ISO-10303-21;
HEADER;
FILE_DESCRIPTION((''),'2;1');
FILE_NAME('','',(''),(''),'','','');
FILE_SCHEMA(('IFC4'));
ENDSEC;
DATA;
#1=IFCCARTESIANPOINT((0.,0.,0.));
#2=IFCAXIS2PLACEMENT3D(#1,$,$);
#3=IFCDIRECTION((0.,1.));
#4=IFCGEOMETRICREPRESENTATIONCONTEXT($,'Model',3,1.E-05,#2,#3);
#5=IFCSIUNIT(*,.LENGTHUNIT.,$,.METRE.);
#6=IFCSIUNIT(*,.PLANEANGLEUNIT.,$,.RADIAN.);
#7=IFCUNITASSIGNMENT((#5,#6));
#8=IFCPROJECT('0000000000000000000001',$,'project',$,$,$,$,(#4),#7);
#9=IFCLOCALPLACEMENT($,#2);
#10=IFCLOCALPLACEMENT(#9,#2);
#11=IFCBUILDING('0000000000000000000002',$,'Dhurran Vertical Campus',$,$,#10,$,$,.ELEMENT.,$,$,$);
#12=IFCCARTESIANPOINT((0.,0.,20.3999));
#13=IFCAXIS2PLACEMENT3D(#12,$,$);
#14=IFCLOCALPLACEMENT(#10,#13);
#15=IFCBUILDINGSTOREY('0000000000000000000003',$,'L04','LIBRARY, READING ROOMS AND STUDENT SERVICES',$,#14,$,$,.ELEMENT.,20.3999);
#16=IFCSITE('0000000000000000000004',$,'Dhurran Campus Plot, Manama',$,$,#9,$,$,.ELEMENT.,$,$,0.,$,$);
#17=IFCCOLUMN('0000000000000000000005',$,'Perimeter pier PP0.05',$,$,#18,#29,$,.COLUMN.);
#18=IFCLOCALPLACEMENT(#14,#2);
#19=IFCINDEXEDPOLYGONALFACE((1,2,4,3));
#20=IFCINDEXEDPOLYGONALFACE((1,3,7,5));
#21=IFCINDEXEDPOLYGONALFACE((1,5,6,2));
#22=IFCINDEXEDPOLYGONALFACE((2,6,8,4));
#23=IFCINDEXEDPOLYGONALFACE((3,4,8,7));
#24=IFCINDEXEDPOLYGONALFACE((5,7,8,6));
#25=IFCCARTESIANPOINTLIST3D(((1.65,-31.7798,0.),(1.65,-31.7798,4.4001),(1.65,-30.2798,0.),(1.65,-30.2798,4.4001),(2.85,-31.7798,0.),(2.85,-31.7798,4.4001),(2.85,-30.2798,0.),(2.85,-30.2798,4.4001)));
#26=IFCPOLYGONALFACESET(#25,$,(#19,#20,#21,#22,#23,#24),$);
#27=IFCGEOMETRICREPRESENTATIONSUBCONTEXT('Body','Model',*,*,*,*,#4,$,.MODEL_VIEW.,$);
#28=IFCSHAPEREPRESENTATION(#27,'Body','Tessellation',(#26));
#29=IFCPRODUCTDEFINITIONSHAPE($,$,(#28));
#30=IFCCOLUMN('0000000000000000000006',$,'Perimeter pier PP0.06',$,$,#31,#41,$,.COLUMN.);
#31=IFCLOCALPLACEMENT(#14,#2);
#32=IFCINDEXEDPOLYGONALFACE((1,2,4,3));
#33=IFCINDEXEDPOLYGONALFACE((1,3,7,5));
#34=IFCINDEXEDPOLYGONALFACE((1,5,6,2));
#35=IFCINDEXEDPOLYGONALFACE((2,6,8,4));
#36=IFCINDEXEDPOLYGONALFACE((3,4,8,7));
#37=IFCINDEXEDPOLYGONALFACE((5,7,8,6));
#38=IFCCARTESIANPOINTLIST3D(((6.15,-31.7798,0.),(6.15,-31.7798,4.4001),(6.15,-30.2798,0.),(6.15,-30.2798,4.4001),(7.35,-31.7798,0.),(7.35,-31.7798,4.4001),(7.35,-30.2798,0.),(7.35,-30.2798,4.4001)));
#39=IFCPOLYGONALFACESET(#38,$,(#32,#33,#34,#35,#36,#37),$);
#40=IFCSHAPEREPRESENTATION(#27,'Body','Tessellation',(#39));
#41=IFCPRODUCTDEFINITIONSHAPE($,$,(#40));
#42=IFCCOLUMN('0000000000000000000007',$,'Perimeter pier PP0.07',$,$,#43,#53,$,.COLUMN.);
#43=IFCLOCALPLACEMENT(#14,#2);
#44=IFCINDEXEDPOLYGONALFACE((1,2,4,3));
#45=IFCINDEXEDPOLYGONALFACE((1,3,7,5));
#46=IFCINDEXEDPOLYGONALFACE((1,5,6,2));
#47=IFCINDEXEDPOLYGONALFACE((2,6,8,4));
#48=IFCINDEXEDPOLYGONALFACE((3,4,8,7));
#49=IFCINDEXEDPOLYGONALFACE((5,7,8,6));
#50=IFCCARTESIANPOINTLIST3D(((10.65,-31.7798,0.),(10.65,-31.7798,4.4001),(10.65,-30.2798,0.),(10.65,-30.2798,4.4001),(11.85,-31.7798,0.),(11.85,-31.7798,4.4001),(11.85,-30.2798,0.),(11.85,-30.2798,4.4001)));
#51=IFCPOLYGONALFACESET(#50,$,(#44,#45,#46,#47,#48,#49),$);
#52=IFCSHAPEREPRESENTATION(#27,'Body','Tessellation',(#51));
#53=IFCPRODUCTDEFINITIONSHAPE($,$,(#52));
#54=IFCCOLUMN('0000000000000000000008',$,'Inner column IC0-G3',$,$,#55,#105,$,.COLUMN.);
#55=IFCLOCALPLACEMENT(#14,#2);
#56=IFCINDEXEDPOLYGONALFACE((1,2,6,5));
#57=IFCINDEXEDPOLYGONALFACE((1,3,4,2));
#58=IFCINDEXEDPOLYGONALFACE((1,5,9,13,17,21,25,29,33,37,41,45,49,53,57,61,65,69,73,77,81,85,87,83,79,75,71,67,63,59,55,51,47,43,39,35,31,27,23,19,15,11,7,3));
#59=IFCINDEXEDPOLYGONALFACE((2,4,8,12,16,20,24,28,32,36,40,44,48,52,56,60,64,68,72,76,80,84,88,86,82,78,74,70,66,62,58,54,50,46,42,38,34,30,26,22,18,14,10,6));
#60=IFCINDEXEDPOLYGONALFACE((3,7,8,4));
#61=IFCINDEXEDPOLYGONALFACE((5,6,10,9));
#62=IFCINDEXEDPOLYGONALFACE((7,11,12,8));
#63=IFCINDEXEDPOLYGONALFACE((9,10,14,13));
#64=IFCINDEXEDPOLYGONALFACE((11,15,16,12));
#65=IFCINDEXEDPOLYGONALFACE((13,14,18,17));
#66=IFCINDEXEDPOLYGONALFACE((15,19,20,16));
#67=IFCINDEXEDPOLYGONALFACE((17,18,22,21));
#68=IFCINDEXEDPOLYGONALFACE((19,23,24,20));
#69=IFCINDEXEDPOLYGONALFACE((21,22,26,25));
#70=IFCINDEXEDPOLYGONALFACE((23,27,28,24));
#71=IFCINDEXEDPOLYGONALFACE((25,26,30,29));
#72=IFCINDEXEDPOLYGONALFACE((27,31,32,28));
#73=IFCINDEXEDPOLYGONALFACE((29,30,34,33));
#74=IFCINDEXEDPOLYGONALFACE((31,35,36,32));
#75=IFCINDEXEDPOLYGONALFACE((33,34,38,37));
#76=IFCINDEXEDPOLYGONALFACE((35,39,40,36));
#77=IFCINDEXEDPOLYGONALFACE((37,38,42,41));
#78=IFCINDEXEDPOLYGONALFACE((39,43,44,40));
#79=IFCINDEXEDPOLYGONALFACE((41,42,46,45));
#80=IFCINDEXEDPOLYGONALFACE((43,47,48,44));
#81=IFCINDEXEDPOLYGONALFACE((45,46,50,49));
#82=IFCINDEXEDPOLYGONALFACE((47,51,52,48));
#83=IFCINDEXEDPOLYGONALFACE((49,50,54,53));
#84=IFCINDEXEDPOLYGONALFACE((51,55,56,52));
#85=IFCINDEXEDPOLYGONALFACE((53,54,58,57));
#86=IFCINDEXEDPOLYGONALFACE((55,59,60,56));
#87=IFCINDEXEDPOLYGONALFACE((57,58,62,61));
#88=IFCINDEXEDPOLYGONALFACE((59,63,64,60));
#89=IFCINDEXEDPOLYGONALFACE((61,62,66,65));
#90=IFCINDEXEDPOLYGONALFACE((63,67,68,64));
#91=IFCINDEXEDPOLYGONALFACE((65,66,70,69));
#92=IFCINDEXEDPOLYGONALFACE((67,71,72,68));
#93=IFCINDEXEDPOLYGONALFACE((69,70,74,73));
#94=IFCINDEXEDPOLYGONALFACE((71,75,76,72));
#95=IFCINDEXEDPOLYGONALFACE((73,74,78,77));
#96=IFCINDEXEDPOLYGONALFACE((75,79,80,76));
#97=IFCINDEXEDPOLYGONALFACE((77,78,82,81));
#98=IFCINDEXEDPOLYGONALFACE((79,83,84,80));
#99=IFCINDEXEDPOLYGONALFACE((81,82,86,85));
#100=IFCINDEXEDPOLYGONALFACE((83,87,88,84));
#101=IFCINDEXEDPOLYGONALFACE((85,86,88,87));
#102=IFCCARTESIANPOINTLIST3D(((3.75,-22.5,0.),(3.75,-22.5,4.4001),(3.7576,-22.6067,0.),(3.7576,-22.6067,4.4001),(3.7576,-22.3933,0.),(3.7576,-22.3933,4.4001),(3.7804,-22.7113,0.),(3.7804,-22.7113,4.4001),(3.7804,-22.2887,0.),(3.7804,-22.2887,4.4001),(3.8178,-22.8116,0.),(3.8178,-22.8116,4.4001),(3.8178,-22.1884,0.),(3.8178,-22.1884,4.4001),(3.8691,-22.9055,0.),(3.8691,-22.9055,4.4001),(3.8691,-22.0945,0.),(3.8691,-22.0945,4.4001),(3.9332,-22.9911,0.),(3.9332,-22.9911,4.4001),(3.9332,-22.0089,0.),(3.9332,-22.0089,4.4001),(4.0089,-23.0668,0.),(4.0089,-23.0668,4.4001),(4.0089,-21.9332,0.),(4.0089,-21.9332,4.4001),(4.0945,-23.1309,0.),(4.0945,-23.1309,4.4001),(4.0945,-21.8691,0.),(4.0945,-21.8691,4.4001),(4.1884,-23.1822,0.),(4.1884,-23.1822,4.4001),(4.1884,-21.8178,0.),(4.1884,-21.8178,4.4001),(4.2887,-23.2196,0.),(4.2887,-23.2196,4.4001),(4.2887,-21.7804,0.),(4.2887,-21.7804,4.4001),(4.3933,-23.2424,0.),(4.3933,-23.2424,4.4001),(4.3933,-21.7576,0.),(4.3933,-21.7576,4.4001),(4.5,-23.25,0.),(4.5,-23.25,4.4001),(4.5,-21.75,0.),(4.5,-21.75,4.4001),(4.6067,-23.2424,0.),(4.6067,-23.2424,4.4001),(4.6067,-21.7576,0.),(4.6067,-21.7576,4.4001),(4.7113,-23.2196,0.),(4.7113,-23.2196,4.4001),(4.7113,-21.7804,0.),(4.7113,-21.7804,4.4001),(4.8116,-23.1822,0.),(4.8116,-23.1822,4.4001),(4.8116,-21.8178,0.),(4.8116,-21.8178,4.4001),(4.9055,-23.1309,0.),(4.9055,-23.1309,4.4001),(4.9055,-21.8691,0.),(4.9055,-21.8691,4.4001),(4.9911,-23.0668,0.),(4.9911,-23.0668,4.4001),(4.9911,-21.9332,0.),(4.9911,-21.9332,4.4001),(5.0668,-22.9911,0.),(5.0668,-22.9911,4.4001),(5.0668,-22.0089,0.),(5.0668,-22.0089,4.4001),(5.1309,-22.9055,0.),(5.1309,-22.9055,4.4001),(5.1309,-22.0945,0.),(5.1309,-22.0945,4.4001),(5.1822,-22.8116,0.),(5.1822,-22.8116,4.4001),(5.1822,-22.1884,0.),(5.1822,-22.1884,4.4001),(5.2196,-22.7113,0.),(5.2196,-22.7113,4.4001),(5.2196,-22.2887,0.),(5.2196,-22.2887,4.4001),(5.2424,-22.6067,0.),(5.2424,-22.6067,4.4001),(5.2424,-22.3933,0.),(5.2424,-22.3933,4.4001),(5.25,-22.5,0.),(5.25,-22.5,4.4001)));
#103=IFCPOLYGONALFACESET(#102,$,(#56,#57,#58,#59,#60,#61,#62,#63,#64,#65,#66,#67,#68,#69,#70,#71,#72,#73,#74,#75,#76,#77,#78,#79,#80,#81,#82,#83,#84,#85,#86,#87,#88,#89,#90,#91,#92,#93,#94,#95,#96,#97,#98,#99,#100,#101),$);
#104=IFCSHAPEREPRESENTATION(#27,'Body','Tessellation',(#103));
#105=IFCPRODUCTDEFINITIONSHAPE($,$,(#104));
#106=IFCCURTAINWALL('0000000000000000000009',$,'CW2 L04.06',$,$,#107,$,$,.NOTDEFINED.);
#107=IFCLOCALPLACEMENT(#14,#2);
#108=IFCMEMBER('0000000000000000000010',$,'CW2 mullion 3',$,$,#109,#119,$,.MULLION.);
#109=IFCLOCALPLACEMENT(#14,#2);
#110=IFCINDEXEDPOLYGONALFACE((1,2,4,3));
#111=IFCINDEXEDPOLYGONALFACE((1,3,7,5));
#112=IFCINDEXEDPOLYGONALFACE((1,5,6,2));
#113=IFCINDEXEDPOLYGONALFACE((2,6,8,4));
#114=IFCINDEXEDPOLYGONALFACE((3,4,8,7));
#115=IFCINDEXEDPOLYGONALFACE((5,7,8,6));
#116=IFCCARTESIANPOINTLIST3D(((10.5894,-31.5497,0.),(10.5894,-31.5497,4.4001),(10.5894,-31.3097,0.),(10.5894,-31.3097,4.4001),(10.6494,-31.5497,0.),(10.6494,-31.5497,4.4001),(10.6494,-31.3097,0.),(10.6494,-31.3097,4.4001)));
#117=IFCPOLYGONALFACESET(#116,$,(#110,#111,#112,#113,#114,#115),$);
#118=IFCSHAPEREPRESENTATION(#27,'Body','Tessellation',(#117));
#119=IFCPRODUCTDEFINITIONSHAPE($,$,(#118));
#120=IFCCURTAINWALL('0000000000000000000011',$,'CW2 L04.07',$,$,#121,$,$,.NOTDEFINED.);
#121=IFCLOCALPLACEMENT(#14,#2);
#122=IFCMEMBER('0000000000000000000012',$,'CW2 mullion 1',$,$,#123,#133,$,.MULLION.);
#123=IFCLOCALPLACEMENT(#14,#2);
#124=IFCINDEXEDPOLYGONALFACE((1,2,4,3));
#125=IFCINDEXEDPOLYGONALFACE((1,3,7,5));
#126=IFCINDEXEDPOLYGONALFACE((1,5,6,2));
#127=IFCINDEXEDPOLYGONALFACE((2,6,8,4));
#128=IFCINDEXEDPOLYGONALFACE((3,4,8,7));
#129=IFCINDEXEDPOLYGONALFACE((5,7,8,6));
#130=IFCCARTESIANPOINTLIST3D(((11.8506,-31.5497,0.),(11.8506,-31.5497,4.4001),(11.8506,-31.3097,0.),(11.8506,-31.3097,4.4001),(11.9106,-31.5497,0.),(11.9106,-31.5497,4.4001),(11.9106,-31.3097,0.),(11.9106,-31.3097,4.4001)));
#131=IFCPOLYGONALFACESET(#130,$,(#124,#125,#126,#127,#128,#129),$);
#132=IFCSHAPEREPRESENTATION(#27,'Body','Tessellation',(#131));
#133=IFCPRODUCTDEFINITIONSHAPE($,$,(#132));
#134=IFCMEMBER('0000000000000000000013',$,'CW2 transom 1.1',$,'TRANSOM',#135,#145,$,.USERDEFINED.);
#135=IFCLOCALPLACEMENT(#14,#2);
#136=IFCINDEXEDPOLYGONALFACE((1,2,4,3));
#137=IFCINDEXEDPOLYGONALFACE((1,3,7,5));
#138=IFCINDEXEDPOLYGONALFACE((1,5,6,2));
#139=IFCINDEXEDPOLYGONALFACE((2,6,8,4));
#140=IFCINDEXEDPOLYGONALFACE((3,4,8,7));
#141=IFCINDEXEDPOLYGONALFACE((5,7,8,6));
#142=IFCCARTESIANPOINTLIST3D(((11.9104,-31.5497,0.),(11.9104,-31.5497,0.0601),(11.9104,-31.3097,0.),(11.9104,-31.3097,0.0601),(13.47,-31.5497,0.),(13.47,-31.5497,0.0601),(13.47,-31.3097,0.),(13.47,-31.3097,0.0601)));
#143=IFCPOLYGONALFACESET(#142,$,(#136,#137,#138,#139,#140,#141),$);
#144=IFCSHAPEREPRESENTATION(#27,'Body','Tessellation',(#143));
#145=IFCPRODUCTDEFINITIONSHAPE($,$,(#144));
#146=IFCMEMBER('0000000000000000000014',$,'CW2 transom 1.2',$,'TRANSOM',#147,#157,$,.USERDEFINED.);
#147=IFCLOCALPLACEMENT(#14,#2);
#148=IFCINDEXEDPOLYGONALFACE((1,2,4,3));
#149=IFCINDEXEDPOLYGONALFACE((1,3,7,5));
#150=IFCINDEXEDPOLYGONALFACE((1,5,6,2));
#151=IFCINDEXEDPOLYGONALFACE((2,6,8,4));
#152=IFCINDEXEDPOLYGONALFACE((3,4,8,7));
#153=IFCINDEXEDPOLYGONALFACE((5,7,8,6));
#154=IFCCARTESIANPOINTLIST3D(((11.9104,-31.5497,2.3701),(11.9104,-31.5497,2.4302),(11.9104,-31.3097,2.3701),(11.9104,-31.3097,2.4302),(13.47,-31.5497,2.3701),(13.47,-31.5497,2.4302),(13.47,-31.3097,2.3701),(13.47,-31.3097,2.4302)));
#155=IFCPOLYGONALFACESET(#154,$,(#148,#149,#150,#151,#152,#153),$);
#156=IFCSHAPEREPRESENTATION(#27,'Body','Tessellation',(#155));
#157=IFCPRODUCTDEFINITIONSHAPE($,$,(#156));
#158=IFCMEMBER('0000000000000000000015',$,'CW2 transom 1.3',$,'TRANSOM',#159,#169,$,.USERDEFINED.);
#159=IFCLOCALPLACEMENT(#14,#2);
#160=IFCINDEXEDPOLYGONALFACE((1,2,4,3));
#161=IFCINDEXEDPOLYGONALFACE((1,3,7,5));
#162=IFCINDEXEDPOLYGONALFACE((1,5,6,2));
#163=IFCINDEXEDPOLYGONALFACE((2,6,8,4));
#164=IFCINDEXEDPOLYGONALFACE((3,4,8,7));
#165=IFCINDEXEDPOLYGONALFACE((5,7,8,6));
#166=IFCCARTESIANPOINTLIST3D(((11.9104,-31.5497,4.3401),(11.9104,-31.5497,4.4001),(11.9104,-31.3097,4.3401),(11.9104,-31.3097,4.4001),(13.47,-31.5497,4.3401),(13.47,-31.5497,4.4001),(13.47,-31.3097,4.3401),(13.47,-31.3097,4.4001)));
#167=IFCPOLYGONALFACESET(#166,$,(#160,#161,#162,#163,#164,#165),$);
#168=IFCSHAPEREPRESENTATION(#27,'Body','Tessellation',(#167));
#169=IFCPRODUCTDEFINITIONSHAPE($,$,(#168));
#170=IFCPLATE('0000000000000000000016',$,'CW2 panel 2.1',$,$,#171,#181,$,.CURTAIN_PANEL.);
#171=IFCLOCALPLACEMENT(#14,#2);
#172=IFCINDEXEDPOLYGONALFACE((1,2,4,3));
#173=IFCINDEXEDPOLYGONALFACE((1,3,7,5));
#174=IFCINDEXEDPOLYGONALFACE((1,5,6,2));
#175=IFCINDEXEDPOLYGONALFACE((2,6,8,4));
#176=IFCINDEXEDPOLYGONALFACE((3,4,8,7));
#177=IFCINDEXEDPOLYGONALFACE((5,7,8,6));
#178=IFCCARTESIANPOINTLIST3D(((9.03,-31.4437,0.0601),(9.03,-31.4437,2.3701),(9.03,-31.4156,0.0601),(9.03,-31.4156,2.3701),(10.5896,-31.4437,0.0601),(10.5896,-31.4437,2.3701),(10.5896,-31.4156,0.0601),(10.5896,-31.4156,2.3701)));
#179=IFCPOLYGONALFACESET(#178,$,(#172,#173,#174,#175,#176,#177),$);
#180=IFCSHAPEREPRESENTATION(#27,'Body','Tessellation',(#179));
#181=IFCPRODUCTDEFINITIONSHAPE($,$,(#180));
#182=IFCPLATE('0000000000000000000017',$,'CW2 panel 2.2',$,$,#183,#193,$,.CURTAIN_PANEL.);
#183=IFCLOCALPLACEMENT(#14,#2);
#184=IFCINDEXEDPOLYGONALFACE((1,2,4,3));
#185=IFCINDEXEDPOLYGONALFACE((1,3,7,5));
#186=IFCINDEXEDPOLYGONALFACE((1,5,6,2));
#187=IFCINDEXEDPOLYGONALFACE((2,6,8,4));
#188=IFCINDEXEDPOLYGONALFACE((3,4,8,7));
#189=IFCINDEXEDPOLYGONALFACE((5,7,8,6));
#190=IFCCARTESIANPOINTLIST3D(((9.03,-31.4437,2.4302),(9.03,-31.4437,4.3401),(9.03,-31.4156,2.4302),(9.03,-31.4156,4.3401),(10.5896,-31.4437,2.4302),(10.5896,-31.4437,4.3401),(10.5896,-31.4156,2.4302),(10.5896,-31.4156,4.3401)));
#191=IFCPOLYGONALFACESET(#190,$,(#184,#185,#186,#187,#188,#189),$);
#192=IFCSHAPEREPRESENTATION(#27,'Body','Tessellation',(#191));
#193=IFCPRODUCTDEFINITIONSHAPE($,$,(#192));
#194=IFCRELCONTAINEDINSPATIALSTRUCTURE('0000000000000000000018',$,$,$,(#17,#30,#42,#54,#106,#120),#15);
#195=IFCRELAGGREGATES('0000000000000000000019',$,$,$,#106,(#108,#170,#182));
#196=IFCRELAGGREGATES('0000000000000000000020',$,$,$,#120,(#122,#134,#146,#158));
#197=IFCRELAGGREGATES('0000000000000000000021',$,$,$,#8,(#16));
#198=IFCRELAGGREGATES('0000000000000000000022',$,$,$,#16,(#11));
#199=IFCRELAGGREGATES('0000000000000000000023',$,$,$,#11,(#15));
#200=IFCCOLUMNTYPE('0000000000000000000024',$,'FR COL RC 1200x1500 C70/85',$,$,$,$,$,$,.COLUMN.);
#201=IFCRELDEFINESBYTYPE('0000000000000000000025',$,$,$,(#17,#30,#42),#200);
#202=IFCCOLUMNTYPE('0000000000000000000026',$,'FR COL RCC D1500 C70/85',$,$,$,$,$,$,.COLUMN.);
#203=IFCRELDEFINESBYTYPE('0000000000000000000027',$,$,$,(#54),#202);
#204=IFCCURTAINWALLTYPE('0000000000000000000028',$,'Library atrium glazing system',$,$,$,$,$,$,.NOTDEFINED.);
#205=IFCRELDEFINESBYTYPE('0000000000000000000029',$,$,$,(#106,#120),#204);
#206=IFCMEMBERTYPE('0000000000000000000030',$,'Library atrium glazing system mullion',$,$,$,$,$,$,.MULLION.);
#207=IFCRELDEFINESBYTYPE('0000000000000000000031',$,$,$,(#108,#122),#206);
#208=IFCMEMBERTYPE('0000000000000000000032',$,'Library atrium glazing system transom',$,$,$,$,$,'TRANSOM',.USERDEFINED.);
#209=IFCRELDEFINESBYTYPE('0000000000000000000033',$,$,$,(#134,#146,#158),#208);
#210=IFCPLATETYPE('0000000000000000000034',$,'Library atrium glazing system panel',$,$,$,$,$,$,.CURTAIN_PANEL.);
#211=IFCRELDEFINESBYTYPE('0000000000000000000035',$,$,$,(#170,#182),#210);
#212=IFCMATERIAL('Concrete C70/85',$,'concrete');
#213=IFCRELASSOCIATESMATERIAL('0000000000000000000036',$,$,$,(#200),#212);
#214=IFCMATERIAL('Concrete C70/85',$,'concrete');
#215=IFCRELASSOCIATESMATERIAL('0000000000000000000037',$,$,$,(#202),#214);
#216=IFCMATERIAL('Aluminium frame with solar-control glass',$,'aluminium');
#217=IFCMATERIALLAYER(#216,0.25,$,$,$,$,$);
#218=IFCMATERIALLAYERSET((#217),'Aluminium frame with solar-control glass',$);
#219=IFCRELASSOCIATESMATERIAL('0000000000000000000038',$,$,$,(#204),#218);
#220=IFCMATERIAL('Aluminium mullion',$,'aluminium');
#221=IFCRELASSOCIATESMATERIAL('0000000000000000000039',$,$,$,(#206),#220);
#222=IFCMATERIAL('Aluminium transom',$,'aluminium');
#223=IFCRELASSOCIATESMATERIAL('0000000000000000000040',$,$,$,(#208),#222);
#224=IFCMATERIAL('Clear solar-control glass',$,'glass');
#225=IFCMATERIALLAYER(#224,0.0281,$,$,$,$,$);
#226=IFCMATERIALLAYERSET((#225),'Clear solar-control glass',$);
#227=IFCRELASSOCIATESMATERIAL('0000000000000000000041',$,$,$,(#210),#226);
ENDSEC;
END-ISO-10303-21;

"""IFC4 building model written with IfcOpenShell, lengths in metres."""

from ifc_helpers import new_model, si_unit, direction, frame, origin, origin_2d, place, context, subcontext, project, spatial, rectangle, circle, extrude, material, layer, layer_set, material_profile, profile_set, type_object, element, aggregate, save


model = new_model("IFC4")

# Units and contexts
model_context = context("Model", 3, precision=1e-05, world=origin(), true_north=direction((0.0, 1.0)))
body_context = subcontext(model_context, "Body", "Model", "MODEL_VIEW")
ifc_project = project(units=[si_unit("LENGTHUNIT", "METRE"), si_unit("PLANEANGLEUNIT", "RADIAN")], contexts=[model_context])

# Site, building, storey
site_placement = place(None, origin())
site = spatial("IfcSite", under=ifc_project, at=site_placement, Name="Dhurran Campus Plot, Manama", CompositionType="ELEMENT", RefElevation=0.0)
building_placement = place(site_placement, origin())
building = spatial("IfcBuilding", under=site, at=building_placement, Name="Dhurran Vertical Campus", CompositionType="ELEMENT")
storey_placement = place(building_placement, frame((0.0, 0.0, 20.3999)))
storey = spatial("IfcBuildingStorey", under=building, at=storey_placement, Name="L04", Description="LIBRARY, READING ROOMS AND STUDENT SERVICES", CompositionType="ELEMENT", Elevation=20.3999)

# Columns
ifc_material_1 = material(Name="Concrete C70/85", Category="concrete")
ifc_material_profile_1 = material_profile(ifc_material_1, rectangle(XDim=1.2, YDim=1.5, at=origin_2d()), Name="RC 1200x1500")
ifc_profile_set_1 = profile_set([ifc_material_profile_1], Name="Concrete C70/85")
column_type_1 = type_object("IfcColumnType", Name="FR COL RC 1200x1500 C70/85", PredefinedType="COLUMN", material=ifc_profile_set_1)
for number, where, z_axis, x_axis, name in (
    (1, (2.25, -31.0298, 0.0), (0.0, 0.0, 1.0), (1.0, 0.0, 0.0), "Perimeter pier PP0.05"),
    (2, (6.75, -31.0298, 0.0), (0.0, 0.0, 1.0), (1.0, 0.0, 0.0), "Perimeter pier PP0.06"),
    (3, (11.25, -31.0298, 0.0), (0.0, 0.0, 1.0), (1.0, 0.0, 0.0), "Perimeter pier PP0.07"),
):
    element("IfcColumn", number, at=place(storey_placement, frame(where, z_axis=z_axis, x_axis=x_axis)), inside=storey, type_object=column_type_1, Name=name, PredefinedType="COLUMN", context=body_context, shape_type="SweptSolid", body=[
        extrude(rectangle(XDim=1.2, YDim=1.5, at=origin_2d()), origin(), (0.0, 0.0, 1.0), 4.4001),
    ])
ifc_material_2 = material(Name="Concrete C70/85", Category="concrete")
ifc_material_profile_2 = material_profile(ifc_material_2, circle(Radius=0.75, at=origin_2d()), Name="RCC D1500")
ifc_profile_set_2 = profile_set([ifc_material_profile_2], Name="Concrete C70/85")
column_type_2 = type_object("IfcColumnType", Name="FR COL RCC D1500 C70/85", PredefinedType="COLUMN", material=ifc_profile_set_2)
column_placement = place(storey_placement, frame((4.5, -22.5, 0.0), z_axis=(0.0, 0.0, 1.0), x_axis=(1.0, 0.0, 0.0)))
element("IfcColumn", 4, at=column_placement, inside=storey, type_object=column_type_2, Name="Inner column IC0-G3", PredefinedType="COLUMN", context=body_context, shape_type="SweptSolid", body=[
    extrude(circle(Radius=0.75, at=origin_2d()), origin(), (0.0, 0.0, 1.0), 4.4001),
])

# Curtain wall, member
ifc_material_3 = material(Name="Aluminium frame with solar-control glass", Category="aluminium")
ifc_layer_1 = layer(ifc_material_3, 0.25)
ifc_layer_set_1 = layer_set([ifc_layer_1], Name="Aluminium frame with solar-control glass")
curtain_wall_type = type_object("IfcCurtainWallType", Name="Library atrium glazing system", PredefinedType="NOTDEFINED", material=ifc_layer_set_1)
curtain_wall_1_placement = place(storey_placement, origin())
curtain_wall_1 = element("IfcCurtainWall", 5, at=curtain_wall_1_placement, inside=storey, type_object=curtain_wall_type, Name="CW2 L04.06", PredefinedType="NOTDEFINED")
ifc_material_4 = material(Name="Aluminium mullion", Category="aluminium")
ifc_material_profile_3 = material_profile(ifc_material_4, rectangle(XDim=0.24, YDim=0.0601, at=origin_2d()), Name="Library atrium glazing system mullion")
ifc_profile_set_3 = profile_set([ifc_material_profile_3], Name="Aluminium mullion")
member_type_1 = type_object("IfcMemberType", Name="Library atrium glazing system mullion", PredefinedType="MULLION", material=ifc_profile_set_3)
member_1_placement = place(storey_placement, frame((10.6194, -31.4297, 0.0), z_axis=(0.0, 0.0, 1.0), x_axis=(0.0, 1.0, 0.0)))
member_1 = element("IfcMember", 6, at=member_1_placement, type_object=member_type_1, Name="CW2 mullion 3", PredefinedType="MULLION", context=body_context, shape_type="SweptSolid", body=[
    extrude(rectangle(XDim=0.24, YDim=0.0601, at=origin_2d()), origin(), (0.0, 0.0, 1.0), 4.4001),
])

# Curtain wall, members
curtain_wall_2_placement = place(storey_placement, origin())
curtain_wall_2 = element("IfcCurtainWall", 7, at=curtain_wall_2_placement, inside=storey, type_object=curtain_wall_type, Name="CW2 L04.07", PredefinedType="NOTDEFINED")
member_2_placement = place(storey_placement, frame((11.8806, -31.4297, 0.0), z_axis=(0.0, 0.0, 1.0), x_axis=(0.0, 1.0, 0.0)))
member_2 = element("IfcMember", 8, at=member_2_placement, type_object=member_type_1, Name="CW2 mullion 1", PredefinedType="MULLION", context=body_context, shape_type="SweptSolid", body=[
    extrude(rectangle(XDim=0.24, YDim=0.0601, at=origin_2d()), origin(), (0.0, 0.0, 1.0), 4.4001),
])
ifc_material_5 = material(Name="Aluminium transom", Category="aluminium")
ifc_material_profile_4 = material_profile(ifc_material_5, rectangle(XDim=0.24, YDim=0.0601, at=origin_2d()), Name="Library atrium glazing system transom")
ifc_profile_set_4 = profile_set([ifc_material_profile_4], Name="Aluminium transom")
member_type_2 = type_object("IfcMemberType", Name="Library atrium glazing system transom", ElementType="TRANSOM", PredefinedType="USERDEFINED", material=ifc_profile_set_4)
member_3_placement = place(storey_placement, frame((11.9104, -31.4297, 0.03), z_axis=(1.0, 0.0, 0.0), x_axis=(0.0, 1.0, 0.0)))
member_3 = element("IfcMember", 9, at=member_3_placement, type_object=member_type_2, Name="CW2 transom 1.1", ObjectType="TRANSOM", PredefinedType="USERDEFINED", context=body_context, shape_type="SweptSolid", body=[
    extrude(rectangle(XDim=0.24, YDim=0.0601, at=origin_2d()), origin(), (0.0, 0.0, 1.0), 1.5596),
])
member_4_placement = place(storey_placement, frame((11.9104, -31.4297, 2.4001), z_axis=(1.0, 0.0, 0.0), x_axis=(0.0, 1.0, 0.0)))
member_4 = element("IfcMember", 10, at=member_4_placement, type_object=member_type_2, Name="CW2 transom 1.2", ObjectType="TRANSOM", PredefinedType="USERDEFINED", context=body_context, shape_type="SweptSolid", body=[
    extrude(rectangle(XDim=0.24, YDim=0.0601, at=origin_2d()), origin(), (0.0, 0.0, 1.0), 1.5596),
])
member_5_placement = place(storey_placement, frame((11.9104, -31.4297, 4.3701), z_axis=(1.0, 0.0, 0.0), x_axis=(0.0, 1.0, 0.0)))
member_5 = element("IfcMember", 11, at=member_5_placement, type_object=member_type_2, Name="CW2 transom 1.3", ObjectType="TRANSOM", PredefinedType="USERDEFINED", context=body_context, shape_type="SweptSolid", body=[
    extrude(rectangle(XDim=0.24, YDim=0.0601, at=origin_2d()), origin(), (0.0, 0.0, 1.0), 1.5596),
])

# Plates
ifc_material_6 = material(Name="Clear solar-control glass", Category="glass")
ifc_layer_2 = layer(ifc_material_6, 0.0281)
ifc_layer_set_2 = layer_set([ifc_layer_2], Name="Clear solar-control glass")
plate_type = type_object("IfcPlateType", Name="Library atrium glazing system panel", PredefinedType="CURTAIN_PANEL", material=ifc_layer_set_2)
plate_1_placement = place(storey_placement, frame((9.8098, -31.4297, 0.0601), z_axis=(0.0, 0.0, 1.0), x_axis=(1.0, 0.0, 0.0)))
plate_1 = element("IfcPlate", 12, at=plate_1_placement, type_object=plate_type, Name="CW2 panel 2.1", PredefinedType="CURTAIN_PANEL", context=body_context, shape_type="SweptSolid", body=[
    extrude(rectangle(XDim=1.5596, YDim=0.0281, at=origin_2d()), origin(), (0.0, 0.0, 1.0), 2.3101),
])
plate_2_placement = place(storey_placement, frame((9.8098, -31.4297, 2.4302), z_axis=(0.0, 0.0, 1.0), x_axis=(1.0, 0.0, 0.0)))
plate_2 = element("IfcPlate", 13, at=plate_2_placement, type_object=plate_type, Name="CW2 panel 2.2", PredefinedType="CURTAIN_PANEL", context=body_context, shape_type="SweptSolid", body=[
    extrude(rectangle(XDim=1.5596, YDim=0.0281, at=origin_2d()), origin(), (0.0, 0.0, 1.0), 1.9099),
])
aggregate(curtain_wall_1, [member_1, plate_1, plate_2])
aggregate(curtain_wall_2, [member_2, member_3, member_4, member_5])

save(model, "model.ifc")
